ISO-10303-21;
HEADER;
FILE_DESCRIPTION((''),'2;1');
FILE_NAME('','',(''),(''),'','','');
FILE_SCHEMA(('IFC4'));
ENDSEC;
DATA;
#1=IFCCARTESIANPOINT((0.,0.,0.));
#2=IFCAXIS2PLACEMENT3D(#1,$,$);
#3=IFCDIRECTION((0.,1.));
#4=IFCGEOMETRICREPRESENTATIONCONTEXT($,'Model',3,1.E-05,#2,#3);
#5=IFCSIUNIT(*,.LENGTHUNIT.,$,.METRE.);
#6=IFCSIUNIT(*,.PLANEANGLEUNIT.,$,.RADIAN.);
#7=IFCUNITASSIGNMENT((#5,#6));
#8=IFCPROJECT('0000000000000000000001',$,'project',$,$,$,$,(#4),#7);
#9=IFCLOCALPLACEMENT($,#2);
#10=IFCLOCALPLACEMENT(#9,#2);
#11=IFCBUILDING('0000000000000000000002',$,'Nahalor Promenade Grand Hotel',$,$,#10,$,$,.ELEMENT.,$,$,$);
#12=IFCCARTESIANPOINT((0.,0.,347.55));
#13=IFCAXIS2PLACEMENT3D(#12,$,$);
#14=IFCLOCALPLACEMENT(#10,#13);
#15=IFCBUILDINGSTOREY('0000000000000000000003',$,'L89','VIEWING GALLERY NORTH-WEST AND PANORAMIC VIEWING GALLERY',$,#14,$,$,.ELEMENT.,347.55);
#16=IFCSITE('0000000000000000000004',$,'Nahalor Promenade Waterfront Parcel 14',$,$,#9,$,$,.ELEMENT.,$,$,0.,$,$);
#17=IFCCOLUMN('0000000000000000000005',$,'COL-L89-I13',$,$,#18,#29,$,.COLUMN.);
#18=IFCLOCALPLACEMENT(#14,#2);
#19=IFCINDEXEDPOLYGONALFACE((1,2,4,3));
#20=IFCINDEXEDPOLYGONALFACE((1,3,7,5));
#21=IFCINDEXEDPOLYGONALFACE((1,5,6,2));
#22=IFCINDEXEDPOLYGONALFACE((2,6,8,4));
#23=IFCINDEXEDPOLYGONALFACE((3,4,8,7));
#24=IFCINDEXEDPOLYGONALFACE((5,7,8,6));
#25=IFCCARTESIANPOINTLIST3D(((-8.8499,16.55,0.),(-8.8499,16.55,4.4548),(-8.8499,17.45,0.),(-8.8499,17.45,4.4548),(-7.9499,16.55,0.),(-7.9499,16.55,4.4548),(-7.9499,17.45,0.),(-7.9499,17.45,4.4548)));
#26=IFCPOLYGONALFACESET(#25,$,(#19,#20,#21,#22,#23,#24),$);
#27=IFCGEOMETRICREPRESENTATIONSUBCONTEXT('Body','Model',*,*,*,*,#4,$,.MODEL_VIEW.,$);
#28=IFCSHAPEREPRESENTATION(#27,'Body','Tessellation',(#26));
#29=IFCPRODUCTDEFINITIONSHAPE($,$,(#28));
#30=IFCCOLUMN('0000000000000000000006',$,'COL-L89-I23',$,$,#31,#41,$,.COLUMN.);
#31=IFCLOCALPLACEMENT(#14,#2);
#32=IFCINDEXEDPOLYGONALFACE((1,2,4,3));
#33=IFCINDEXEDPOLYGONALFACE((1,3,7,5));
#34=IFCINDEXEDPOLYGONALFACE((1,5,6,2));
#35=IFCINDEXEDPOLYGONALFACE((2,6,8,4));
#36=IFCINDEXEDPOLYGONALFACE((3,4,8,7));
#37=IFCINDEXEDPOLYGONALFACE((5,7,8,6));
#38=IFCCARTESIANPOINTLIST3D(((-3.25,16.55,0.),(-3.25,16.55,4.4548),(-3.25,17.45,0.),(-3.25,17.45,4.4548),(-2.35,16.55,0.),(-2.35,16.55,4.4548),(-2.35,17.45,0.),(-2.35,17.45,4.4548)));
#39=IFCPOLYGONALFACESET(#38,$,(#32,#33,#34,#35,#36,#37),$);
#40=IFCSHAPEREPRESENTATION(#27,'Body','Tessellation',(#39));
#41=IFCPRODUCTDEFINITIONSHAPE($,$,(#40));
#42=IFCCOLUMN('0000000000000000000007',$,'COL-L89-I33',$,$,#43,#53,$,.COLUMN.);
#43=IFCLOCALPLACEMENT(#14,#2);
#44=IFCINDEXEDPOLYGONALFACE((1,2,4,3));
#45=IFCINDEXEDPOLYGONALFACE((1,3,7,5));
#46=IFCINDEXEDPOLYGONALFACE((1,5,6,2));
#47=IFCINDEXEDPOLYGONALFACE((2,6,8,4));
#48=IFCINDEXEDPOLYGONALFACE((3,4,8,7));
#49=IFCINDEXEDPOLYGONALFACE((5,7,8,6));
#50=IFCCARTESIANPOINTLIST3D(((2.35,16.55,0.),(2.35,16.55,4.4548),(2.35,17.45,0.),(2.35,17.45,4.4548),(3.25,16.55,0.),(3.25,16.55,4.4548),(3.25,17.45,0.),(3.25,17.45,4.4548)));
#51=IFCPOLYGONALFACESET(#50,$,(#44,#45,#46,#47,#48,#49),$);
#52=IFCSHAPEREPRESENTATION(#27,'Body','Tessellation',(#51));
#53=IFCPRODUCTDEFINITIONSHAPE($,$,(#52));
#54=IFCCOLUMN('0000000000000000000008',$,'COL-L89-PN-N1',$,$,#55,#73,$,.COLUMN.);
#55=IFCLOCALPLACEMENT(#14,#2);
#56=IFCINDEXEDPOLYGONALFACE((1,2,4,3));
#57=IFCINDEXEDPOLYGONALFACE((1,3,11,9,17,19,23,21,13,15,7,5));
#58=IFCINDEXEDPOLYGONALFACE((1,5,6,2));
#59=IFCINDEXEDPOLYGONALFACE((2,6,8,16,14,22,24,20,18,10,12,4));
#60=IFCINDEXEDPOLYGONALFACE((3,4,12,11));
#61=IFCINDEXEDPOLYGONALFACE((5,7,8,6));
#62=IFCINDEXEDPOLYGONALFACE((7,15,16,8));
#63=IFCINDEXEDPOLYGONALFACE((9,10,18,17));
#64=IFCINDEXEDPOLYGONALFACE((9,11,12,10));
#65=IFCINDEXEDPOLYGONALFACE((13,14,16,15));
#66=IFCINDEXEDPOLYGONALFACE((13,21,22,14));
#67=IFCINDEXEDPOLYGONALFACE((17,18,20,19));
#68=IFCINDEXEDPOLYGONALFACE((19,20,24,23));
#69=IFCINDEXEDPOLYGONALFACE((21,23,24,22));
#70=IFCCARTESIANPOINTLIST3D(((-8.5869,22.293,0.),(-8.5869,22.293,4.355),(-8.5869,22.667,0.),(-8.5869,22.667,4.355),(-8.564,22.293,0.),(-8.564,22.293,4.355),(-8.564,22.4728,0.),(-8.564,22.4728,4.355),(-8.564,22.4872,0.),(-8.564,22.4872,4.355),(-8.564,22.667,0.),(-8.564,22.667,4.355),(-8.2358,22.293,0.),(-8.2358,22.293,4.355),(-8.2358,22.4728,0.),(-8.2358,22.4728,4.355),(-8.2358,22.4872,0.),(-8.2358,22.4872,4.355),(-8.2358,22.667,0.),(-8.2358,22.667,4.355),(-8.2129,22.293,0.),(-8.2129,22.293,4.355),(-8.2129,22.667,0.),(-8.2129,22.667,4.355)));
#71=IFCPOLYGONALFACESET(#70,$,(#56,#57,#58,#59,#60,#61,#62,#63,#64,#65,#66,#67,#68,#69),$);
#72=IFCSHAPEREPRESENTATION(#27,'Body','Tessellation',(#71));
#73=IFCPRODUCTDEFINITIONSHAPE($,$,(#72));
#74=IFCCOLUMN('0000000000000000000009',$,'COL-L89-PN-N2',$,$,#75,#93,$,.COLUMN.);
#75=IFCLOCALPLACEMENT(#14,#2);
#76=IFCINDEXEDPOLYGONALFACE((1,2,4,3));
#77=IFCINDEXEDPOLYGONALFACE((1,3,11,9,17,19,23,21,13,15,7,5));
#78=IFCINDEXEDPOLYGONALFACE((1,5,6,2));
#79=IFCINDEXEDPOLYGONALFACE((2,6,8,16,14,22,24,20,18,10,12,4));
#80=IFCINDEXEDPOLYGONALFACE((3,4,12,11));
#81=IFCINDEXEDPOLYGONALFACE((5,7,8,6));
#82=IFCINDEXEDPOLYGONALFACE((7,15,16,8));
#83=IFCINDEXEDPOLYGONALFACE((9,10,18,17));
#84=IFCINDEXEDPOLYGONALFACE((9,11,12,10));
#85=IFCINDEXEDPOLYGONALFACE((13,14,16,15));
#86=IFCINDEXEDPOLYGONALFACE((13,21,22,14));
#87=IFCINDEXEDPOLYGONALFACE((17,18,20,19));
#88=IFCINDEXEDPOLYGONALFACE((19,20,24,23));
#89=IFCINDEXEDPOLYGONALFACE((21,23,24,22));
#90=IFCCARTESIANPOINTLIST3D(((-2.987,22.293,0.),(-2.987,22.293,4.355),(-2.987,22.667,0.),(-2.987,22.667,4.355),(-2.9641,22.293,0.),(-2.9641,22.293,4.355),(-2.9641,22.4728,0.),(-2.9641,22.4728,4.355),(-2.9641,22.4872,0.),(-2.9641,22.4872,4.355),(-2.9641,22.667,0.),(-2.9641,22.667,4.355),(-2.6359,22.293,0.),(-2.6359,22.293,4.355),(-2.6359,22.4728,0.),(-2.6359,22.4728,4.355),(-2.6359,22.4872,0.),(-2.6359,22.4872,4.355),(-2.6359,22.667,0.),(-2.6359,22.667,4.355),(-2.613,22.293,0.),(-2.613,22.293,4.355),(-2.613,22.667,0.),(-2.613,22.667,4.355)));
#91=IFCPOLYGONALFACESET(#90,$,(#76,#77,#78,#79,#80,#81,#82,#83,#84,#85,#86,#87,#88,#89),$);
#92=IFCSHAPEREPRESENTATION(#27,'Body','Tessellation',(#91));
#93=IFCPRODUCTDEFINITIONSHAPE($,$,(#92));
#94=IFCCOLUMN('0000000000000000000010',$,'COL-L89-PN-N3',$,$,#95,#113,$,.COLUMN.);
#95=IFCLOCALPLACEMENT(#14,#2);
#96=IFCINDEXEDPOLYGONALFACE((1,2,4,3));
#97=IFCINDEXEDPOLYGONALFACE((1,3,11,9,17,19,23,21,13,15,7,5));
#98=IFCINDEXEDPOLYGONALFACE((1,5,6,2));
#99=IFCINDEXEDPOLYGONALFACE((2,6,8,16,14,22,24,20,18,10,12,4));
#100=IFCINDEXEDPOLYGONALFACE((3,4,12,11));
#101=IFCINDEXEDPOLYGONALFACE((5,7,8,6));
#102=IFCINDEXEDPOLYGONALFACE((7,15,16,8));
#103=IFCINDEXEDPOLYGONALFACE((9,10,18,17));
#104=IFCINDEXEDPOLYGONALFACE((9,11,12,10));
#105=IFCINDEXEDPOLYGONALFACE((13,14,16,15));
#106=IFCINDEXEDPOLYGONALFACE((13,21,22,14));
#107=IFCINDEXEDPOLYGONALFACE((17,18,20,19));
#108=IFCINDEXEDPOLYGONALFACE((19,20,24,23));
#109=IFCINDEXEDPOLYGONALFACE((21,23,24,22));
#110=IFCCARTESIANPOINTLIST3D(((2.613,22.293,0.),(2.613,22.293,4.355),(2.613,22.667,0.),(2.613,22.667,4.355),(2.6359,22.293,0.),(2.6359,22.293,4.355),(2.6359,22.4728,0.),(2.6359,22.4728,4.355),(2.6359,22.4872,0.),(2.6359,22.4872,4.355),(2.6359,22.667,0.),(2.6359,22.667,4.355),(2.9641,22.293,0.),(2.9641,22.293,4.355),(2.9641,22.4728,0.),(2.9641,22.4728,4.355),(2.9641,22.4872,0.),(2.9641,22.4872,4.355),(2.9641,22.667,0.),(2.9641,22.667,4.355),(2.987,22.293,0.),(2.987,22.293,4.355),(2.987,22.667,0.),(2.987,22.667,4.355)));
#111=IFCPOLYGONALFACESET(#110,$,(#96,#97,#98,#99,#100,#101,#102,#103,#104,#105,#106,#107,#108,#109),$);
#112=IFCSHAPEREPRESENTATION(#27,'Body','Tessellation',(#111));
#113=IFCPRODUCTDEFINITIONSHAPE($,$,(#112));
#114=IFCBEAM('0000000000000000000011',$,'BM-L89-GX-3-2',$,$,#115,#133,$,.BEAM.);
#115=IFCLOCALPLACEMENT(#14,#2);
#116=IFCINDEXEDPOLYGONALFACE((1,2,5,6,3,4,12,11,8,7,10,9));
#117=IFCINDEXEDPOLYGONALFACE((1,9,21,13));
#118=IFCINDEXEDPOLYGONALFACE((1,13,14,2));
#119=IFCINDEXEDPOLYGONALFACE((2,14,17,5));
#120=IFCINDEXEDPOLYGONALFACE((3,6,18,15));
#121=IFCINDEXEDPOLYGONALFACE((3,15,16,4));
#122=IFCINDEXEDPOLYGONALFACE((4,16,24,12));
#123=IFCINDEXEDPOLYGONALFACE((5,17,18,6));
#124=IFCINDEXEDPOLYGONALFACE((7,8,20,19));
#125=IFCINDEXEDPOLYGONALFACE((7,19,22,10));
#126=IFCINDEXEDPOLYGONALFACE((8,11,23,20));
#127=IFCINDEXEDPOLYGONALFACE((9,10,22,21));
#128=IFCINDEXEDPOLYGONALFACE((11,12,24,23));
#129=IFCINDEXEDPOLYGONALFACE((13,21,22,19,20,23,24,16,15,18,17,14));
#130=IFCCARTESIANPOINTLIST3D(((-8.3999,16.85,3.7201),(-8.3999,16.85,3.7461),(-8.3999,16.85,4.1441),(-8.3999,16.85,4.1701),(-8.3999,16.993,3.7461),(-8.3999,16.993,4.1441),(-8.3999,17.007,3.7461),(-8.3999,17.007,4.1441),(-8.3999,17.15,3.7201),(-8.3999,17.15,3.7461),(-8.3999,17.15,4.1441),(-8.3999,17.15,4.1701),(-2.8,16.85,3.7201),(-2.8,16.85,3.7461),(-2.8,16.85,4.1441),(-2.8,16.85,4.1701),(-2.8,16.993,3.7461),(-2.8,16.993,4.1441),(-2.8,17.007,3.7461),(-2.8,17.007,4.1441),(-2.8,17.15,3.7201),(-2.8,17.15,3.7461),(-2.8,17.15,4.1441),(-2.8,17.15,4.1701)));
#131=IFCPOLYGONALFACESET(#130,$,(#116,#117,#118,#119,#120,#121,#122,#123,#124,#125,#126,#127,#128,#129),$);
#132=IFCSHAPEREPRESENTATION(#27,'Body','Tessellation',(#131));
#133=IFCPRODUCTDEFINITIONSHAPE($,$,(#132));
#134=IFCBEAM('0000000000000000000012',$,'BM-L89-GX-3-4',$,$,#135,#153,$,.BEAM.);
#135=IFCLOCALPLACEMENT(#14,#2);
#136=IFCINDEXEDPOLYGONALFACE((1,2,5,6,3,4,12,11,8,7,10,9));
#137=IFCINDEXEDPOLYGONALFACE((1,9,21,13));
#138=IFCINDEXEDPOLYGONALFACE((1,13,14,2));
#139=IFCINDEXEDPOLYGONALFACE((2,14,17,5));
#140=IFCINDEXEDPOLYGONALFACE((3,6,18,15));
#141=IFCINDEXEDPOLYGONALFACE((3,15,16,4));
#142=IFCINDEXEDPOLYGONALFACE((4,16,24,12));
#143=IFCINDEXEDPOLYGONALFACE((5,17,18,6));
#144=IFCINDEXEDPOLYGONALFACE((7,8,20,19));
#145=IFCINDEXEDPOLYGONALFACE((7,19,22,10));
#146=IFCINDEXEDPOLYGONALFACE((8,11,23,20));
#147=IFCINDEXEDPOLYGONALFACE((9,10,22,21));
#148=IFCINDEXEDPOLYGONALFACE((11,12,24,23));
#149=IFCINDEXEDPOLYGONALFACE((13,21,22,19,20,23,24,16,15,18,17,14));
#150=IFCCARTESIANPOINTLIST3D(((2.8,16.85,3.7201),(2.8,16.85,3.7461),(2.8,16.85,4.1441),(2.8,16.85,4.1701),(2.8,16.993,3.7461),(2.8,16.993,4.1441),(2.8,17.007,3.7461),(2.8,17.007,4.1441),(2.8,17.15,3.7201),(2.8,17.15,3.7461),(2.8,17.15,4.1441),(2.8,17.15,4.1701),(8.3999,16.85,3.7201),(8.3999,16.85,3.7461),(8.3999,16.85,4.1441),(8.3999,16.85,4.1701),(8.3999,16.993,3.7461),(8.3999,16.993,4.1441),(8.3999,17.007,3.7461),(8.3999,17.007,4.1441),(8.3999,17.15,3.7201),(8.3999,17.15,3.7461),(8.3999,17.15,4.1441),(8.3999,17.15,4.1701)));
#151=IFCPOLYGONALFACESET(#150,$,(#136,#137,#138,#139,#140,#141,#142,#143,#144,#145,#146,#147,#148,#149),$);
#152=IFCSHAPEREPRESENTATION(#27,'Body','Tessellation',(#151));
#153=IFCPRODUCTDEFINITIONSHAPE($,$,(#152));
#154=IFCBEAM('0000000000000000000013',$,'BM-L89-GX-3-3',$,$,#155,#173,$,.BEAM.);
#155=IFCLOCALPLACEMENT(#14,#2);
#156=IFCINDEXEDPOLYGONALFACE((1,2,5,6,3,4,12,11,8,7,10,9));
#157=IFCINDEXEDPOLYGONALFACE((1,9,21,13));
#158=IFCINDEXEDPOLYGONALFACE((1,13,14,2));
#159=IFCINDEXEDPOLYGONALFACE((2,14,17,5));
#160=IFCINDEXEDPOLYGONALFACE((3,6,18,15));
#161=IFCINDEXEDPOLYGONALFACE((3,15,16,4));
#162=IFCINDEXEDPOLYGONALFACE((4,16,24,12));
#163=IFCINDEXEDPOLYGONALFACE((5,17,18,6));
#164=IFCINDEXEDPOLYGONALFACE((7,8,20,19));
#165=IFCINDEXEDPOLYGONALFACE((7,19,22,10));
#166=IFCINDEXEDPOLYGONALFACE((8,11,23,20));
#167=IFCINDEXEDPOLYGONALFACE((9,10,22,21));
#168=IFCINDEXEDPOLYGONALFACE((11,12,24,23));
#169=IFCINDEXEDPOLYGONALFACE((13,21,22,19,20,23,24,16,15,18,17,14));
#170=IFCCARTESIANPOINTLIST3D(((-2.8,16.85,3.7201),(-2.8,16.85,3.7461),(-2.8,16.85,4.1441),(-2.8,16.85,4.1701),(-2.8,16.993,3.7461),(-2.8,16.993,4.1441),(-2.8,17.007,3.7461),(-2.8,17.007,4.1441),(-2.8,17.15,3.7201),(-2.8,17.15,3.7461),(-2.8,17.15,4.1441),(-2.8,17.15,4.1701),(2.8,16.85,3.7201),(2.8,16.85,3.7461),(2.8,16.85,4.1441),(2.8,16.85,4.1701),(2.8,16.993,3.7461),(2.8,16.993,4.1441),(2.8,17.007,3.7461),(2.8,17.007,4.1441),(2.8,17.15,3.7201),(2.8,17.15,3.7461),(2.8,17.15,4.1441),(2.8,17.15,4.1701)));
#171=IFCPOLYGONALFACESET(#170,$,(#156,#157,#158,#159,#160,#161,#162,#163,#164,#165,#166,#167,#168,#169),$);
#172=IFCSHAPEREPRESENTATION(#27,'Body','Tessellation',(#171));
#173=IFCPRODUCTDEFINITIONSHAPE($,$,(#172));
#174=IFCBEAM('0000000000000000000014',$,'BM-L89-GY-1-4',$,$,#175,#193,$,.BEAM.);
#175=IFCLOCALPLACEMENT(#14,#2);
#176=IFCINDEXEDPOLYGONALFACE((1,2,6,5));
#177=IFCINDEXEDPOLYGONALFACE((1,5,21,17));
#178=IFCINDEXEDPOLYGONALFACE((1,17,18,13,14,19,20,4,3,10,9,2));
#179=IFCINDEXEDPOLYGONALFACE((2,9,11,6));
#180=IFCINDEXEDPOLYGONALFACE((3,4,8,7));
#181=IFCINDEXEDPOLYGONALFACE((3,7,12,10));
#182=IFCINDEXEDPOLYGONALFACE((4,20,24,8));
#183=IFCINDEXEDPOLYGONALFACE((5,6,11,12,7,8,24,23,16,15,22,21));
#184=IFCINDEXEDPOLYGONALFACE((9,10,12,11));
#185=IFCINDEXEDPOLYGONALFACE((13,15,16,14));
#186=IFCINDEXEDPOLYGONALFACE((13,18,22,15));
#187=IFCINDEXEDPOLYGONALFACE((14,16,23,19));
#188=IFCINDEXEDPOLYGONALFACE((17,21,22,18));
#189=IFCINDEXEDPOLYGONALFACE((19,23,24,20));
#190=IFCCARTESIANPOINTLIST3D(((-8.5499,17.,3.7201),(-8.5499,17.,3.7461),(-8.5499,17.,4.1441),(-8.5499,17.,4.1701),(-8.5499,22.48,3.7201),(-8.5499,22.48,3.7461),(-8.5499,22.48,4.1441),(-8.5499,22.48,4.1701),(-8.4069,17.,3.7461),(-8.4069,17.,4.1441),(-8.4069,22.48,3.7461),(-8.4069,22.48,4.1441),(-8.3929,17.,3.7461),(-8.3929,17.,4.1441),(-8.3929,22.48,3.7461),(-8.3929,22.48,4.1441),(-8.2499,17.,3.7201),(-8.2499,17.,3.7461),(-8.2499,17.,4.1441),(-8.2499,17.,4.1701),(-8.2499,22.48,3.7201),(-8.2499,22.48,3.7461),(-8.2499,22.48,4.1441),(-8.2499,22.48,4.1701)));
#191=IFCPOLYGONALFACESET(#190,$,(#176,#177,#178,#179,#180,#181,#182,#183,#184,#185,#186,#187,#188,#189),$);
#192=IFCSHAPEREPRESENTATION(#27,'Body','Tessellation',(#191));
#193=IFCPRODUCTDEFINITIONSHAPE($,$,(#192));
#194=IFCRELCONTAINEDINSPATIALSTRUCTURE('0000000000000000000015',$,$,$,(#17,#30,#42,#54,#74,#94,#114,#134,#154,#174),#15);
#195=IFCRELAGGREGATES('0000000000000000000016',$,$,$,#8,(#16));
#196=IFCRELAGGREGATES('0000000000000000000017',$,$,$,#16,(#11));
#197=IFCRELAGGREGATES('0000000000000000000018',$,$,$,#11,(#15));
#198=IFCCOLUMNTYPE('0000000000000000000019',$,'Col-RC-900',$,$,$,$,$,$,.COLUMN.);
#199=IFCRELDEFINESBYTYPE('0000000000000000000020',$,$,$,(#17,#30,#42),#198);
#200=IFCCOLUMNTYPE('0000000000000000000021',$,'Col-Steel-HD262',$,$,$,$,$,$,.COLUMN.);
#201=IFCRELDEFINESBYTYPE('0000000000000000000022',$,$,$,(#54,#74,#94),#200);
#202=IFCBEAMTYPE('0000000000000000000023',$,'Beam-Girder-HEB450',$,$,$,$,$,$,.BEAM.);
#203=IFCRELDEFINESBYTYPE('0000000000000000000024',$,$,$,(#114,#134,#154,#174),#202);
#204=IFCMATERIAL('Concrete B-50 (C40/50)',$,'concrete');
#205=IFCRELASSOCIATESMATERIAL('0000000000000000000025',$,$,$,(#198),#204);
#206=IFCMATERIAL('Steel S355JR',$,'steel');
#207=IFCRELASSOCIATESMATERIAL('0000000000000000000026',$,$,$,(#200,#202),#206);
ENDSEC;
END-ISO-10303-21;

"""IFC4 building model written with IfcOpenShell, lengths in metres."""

from ifc_helpers import new_model, si_unit, direction, frame, origin, origin_2d, place, context, subcontext, project, spatial, rectangle, i_section, extrude, source, transform, mapped, material, material_profile, profile_set, type_object, element, save


model = new_model("IFC4")

# Units and contexts
model_context = context("Model", 3, precision=1e-05, world=origin(), true_north=direction((0.0, 1.0)))
body_context = subcontext(model_context, "Body", "Model", "MODEL_VIEW")
ifc_project = project(units=[si_unit("LENGTHUNIT", "METRE"), si_unit("PLANEANGLEUNIT", "RADIAN")], contexts=[model_context])

# Site, building, storey
site_placement = place(None, origin())
site = spatial("IfcSite", under=ifc_project, at=site_placement, Name="Nahalor Promenade Waterfront Parcel 14", CompositionType="ELEMENT", RefElevation=0.0)
building_placement = place(site_placement, origin())
building = spatial("IfcBuilding", under=site, at=building_placement, Name="Nahalor Promenade Grand Hotel", CompositionType="ELEMENT")
storey_placement = place(building_placement, frame((0.0, 0.0, 347.55)))
storey = spatial("IfcBuildingStorey", under=building, at=storey_placement, Name="L89", Description="VIEWING GALLERY NORTH-WEST AND PANORAMIC VIEWING GALLERY", CompositionType="ELEMENT", Elevation=347.55)

# Columns
ifc_material_1 = material(Name="Concrete B-50 (C40/50)", Category="concrete")
ifc_material_profile_1 = material_profile(ifc_material_1, rectangle(XDim=0.9, YDim=0.9, at=origin_2d()), Name="RC 900x900")
ifc_profile_set_1 = profile_set([ifc_material_profile_1], Name="Concrete B-50 (C40/50)")
column_type_1 = type_object("IfcColumnType", Name="Col-RC-900", PredefinedType="COLUMN", material=ifc_profile_set_1)
shared_shape_1 = source(origin(), body_context, "Body", "SweptSolid", [
    extrude(rectangle(XDim=0.9, YDim=0.9, at=origin_2d()), origin(), (0.0, 0.0, 1.0), 4.4548),
])
for number, where, z_axis, x_axis, name in (
    (1, (-8.3999, 17.0, 0.0), (0.0, 0.0, 1.0), (1.0, 0.0, 0.0), "COL-L89-I13"),
    (2, (-2.8, 17.0, 0.0), (0.0, 0.0, 1.0), (1.0, 0.0, 0.0), "COL-L89-I23"),
    (3, (2.8, 17.0, 0.0), (0.0, 0.0, 1.0), (1.0, 0.0, 0.0), "COL-L89-I33"),
):
    element("IfcColumn", number, at=place(storey_placement, frame(where, z_axis=z_axis, x_axis=x_axis)), inside=storey, type_object=column_type_1, Name=name, PredefinedType="COLUMN", context=body_context, shape_type="MappedRepresentation", body=[
        mapped(shared_shape_1, transform((0.0, 0.0, 0.0), scale=1.0)),
    ])
ifc_material_2 = material(Name="Steel S355JR", Category="steel")
ifc_material_profile_2 = material_profile(ifc_material_2, i_section(OverallWidth=0.374, OverallDepth=0.374, WebThickness=0.0144, FlangeThickness=0.0229, at=origin_2d()), Name="HD 360x262")
ifc_profile_set_2 = profile_set([ifc_material_profile_2], Name="Steel S355JR")
column_type_2 = type_object("IfcColumnType", Name="Col-Steel-HD262", PredefinedType="COLUMN", material=ifc_profile_set_2)
shared_shape_2 = source(origin(), body_context, "Body", "SweptSolid", [
    extrude(i_section(OverallWidth=0.374, OverallDepth=0.374, WebThickness=0.0144, FlangeThickness=0.0229, at=origin_2d()), origin(), (0.0, 0.0, 1.0), 4.355),
])
for number, where, z_axis, x_axis, name in (
    (4, (-8.3999, 22.48, 0.0), (0.0, 0.0, 1.0), (0.0, 1.0, 0.0), "COL-L89-PN-N1"),
    (5, (-2.8, 22.48, 0.0), (0.0, 0.0, 1.0), (0.0, 1.0, 0.0), "COL-L89-PN-N2"),
    (6, (2.8, 22.48, 0.0), (0.0, 0.0, 1.0), (0.0, 1.0, 0.0), "COL-L89-PN-N3"),
):
    element("IfcColumn", number, at=place(storey_placement, frame(where, z_axis=z_axis, x_axis=x_axis)), inside=storey, type_object=column_type_2, Name=name, PredefinedType="COLUMN", context=body_context, shape_type="MappedRepresentation", body=[
        mapped(shared_shape_2, transform((0.0, 0.0, 0.0), scale=1.0)),
    ])

# Beams
ifc_material_profile_3 = material_profile(ifc_material_2, i_section(OverallWidth=0.3, OverallDepth=0.45, WebThickness=0.014, FlangeThickness=0.026, at=origin_2d()), Name="HEB 450")
ifc_profile_set_3 = profile_set([ifc_material_profile_3], Name="Steel S355JR")
beam_type_1 = type_object("IfcBeamType", Name="Beam-Girder-HEB450", PredefinedType="BEAM", material=ifc_profile_set_3)
shared_shape_3 = source(origin(), body_context, "Body", "SweptSolid", [
    extrude(i_section(OverallWidth=0.3, OverallDepth=0.45, WebThickness=0.014, FlangeThickness=0.026, at=origin_2d()), origin(), (0.0, 0.0, 1.0), 5.5999),
])
for number, where, z_axis, x_axis, name in (
    (7, (-8.3999, 17.0, 3.9451), (1.0, 0.0, 0.0), (0.0, 1.0, 0.0), "BM-L89-GX-3-2"),
    (8, (2.8, 17.0, 3.9451), (1.0, 0.0, 0.0), (0.0, 1.0, 0.0), "BM-L89-GX-3-4"),
):
    element("IfcBeam", number, at=place(storey_placement, frame(where, z_axis=z_axis, x_axis=x_axis)), inside=storey, type_object=beam_type_1, Name=name, PredefinedType="BEAM", context=body_context, shape_type="MappedRepresentation", body=[
        mapped(shared_shape_3, transform((0.0, 0.0, 0.0), scale=1.0)),
    ])
shared_shape_4 = source(origin(), body_context, "Body", "SweptSolid", [
    extrude(i_section(OverallWidth=0.3, OverallDepth=0.45, WebThickness=0.014, FlangeThickness=0.026, at=origin_2d()), origin(), (0.0, 0.0, 1.0), 5.6001),
])
beam_1_placement = place(storey_placement, frame((-2.8, 17.0, 3.9451), z_axis=(1.0, 0.0, 0.0), x_axis=(0.0, 1.0, 0.0)))
element("IfcBeam", 9, at=beam_1_placement, inside=storey, type_object=beam_type_1, Name="BM-L89-GX-3-3", PredefinedType="BEAM", context=body_context, shape_type="MappedRepresentation", body=[
    mapped(shared_shape_4, transform((0.0, 0.0, 0.0), scale=1.0)),
])
shared_shape_5 = source(origin(), body_context, "Body", "SweptSolid", [
    extrude(i_section(OverallWidth=0.3, OverallDepth=0.45, WebThickness=0.014, FlangeThickness=0.026, at=origin_2d()), origin(), (0.0, 0.0, 1.0), 5.48),
])
for number, where, z_axis, x_axis, name in (
    (10, (-8.3999, 17.0, 3.9451), (0.0, 1.0, 0.0), (-1.0, 0.0, 0.0), "BM-L89-GY-1-4"),
):
    element("IfcBeam", number, at=place(storey_placement, frame(where, z_axis=z_axis, x_axis=x_axis)), inside=storey, type_object=beam_type_1, Name=name, PredefinedType="BEAM", context=body_context, shape_type="MappedRepresentation", body=[
        mapped(shared_shape_5, transform((0.0, 0.0, 0.0), scale=1.0)),
    ])

save(model, "model.ifc")
